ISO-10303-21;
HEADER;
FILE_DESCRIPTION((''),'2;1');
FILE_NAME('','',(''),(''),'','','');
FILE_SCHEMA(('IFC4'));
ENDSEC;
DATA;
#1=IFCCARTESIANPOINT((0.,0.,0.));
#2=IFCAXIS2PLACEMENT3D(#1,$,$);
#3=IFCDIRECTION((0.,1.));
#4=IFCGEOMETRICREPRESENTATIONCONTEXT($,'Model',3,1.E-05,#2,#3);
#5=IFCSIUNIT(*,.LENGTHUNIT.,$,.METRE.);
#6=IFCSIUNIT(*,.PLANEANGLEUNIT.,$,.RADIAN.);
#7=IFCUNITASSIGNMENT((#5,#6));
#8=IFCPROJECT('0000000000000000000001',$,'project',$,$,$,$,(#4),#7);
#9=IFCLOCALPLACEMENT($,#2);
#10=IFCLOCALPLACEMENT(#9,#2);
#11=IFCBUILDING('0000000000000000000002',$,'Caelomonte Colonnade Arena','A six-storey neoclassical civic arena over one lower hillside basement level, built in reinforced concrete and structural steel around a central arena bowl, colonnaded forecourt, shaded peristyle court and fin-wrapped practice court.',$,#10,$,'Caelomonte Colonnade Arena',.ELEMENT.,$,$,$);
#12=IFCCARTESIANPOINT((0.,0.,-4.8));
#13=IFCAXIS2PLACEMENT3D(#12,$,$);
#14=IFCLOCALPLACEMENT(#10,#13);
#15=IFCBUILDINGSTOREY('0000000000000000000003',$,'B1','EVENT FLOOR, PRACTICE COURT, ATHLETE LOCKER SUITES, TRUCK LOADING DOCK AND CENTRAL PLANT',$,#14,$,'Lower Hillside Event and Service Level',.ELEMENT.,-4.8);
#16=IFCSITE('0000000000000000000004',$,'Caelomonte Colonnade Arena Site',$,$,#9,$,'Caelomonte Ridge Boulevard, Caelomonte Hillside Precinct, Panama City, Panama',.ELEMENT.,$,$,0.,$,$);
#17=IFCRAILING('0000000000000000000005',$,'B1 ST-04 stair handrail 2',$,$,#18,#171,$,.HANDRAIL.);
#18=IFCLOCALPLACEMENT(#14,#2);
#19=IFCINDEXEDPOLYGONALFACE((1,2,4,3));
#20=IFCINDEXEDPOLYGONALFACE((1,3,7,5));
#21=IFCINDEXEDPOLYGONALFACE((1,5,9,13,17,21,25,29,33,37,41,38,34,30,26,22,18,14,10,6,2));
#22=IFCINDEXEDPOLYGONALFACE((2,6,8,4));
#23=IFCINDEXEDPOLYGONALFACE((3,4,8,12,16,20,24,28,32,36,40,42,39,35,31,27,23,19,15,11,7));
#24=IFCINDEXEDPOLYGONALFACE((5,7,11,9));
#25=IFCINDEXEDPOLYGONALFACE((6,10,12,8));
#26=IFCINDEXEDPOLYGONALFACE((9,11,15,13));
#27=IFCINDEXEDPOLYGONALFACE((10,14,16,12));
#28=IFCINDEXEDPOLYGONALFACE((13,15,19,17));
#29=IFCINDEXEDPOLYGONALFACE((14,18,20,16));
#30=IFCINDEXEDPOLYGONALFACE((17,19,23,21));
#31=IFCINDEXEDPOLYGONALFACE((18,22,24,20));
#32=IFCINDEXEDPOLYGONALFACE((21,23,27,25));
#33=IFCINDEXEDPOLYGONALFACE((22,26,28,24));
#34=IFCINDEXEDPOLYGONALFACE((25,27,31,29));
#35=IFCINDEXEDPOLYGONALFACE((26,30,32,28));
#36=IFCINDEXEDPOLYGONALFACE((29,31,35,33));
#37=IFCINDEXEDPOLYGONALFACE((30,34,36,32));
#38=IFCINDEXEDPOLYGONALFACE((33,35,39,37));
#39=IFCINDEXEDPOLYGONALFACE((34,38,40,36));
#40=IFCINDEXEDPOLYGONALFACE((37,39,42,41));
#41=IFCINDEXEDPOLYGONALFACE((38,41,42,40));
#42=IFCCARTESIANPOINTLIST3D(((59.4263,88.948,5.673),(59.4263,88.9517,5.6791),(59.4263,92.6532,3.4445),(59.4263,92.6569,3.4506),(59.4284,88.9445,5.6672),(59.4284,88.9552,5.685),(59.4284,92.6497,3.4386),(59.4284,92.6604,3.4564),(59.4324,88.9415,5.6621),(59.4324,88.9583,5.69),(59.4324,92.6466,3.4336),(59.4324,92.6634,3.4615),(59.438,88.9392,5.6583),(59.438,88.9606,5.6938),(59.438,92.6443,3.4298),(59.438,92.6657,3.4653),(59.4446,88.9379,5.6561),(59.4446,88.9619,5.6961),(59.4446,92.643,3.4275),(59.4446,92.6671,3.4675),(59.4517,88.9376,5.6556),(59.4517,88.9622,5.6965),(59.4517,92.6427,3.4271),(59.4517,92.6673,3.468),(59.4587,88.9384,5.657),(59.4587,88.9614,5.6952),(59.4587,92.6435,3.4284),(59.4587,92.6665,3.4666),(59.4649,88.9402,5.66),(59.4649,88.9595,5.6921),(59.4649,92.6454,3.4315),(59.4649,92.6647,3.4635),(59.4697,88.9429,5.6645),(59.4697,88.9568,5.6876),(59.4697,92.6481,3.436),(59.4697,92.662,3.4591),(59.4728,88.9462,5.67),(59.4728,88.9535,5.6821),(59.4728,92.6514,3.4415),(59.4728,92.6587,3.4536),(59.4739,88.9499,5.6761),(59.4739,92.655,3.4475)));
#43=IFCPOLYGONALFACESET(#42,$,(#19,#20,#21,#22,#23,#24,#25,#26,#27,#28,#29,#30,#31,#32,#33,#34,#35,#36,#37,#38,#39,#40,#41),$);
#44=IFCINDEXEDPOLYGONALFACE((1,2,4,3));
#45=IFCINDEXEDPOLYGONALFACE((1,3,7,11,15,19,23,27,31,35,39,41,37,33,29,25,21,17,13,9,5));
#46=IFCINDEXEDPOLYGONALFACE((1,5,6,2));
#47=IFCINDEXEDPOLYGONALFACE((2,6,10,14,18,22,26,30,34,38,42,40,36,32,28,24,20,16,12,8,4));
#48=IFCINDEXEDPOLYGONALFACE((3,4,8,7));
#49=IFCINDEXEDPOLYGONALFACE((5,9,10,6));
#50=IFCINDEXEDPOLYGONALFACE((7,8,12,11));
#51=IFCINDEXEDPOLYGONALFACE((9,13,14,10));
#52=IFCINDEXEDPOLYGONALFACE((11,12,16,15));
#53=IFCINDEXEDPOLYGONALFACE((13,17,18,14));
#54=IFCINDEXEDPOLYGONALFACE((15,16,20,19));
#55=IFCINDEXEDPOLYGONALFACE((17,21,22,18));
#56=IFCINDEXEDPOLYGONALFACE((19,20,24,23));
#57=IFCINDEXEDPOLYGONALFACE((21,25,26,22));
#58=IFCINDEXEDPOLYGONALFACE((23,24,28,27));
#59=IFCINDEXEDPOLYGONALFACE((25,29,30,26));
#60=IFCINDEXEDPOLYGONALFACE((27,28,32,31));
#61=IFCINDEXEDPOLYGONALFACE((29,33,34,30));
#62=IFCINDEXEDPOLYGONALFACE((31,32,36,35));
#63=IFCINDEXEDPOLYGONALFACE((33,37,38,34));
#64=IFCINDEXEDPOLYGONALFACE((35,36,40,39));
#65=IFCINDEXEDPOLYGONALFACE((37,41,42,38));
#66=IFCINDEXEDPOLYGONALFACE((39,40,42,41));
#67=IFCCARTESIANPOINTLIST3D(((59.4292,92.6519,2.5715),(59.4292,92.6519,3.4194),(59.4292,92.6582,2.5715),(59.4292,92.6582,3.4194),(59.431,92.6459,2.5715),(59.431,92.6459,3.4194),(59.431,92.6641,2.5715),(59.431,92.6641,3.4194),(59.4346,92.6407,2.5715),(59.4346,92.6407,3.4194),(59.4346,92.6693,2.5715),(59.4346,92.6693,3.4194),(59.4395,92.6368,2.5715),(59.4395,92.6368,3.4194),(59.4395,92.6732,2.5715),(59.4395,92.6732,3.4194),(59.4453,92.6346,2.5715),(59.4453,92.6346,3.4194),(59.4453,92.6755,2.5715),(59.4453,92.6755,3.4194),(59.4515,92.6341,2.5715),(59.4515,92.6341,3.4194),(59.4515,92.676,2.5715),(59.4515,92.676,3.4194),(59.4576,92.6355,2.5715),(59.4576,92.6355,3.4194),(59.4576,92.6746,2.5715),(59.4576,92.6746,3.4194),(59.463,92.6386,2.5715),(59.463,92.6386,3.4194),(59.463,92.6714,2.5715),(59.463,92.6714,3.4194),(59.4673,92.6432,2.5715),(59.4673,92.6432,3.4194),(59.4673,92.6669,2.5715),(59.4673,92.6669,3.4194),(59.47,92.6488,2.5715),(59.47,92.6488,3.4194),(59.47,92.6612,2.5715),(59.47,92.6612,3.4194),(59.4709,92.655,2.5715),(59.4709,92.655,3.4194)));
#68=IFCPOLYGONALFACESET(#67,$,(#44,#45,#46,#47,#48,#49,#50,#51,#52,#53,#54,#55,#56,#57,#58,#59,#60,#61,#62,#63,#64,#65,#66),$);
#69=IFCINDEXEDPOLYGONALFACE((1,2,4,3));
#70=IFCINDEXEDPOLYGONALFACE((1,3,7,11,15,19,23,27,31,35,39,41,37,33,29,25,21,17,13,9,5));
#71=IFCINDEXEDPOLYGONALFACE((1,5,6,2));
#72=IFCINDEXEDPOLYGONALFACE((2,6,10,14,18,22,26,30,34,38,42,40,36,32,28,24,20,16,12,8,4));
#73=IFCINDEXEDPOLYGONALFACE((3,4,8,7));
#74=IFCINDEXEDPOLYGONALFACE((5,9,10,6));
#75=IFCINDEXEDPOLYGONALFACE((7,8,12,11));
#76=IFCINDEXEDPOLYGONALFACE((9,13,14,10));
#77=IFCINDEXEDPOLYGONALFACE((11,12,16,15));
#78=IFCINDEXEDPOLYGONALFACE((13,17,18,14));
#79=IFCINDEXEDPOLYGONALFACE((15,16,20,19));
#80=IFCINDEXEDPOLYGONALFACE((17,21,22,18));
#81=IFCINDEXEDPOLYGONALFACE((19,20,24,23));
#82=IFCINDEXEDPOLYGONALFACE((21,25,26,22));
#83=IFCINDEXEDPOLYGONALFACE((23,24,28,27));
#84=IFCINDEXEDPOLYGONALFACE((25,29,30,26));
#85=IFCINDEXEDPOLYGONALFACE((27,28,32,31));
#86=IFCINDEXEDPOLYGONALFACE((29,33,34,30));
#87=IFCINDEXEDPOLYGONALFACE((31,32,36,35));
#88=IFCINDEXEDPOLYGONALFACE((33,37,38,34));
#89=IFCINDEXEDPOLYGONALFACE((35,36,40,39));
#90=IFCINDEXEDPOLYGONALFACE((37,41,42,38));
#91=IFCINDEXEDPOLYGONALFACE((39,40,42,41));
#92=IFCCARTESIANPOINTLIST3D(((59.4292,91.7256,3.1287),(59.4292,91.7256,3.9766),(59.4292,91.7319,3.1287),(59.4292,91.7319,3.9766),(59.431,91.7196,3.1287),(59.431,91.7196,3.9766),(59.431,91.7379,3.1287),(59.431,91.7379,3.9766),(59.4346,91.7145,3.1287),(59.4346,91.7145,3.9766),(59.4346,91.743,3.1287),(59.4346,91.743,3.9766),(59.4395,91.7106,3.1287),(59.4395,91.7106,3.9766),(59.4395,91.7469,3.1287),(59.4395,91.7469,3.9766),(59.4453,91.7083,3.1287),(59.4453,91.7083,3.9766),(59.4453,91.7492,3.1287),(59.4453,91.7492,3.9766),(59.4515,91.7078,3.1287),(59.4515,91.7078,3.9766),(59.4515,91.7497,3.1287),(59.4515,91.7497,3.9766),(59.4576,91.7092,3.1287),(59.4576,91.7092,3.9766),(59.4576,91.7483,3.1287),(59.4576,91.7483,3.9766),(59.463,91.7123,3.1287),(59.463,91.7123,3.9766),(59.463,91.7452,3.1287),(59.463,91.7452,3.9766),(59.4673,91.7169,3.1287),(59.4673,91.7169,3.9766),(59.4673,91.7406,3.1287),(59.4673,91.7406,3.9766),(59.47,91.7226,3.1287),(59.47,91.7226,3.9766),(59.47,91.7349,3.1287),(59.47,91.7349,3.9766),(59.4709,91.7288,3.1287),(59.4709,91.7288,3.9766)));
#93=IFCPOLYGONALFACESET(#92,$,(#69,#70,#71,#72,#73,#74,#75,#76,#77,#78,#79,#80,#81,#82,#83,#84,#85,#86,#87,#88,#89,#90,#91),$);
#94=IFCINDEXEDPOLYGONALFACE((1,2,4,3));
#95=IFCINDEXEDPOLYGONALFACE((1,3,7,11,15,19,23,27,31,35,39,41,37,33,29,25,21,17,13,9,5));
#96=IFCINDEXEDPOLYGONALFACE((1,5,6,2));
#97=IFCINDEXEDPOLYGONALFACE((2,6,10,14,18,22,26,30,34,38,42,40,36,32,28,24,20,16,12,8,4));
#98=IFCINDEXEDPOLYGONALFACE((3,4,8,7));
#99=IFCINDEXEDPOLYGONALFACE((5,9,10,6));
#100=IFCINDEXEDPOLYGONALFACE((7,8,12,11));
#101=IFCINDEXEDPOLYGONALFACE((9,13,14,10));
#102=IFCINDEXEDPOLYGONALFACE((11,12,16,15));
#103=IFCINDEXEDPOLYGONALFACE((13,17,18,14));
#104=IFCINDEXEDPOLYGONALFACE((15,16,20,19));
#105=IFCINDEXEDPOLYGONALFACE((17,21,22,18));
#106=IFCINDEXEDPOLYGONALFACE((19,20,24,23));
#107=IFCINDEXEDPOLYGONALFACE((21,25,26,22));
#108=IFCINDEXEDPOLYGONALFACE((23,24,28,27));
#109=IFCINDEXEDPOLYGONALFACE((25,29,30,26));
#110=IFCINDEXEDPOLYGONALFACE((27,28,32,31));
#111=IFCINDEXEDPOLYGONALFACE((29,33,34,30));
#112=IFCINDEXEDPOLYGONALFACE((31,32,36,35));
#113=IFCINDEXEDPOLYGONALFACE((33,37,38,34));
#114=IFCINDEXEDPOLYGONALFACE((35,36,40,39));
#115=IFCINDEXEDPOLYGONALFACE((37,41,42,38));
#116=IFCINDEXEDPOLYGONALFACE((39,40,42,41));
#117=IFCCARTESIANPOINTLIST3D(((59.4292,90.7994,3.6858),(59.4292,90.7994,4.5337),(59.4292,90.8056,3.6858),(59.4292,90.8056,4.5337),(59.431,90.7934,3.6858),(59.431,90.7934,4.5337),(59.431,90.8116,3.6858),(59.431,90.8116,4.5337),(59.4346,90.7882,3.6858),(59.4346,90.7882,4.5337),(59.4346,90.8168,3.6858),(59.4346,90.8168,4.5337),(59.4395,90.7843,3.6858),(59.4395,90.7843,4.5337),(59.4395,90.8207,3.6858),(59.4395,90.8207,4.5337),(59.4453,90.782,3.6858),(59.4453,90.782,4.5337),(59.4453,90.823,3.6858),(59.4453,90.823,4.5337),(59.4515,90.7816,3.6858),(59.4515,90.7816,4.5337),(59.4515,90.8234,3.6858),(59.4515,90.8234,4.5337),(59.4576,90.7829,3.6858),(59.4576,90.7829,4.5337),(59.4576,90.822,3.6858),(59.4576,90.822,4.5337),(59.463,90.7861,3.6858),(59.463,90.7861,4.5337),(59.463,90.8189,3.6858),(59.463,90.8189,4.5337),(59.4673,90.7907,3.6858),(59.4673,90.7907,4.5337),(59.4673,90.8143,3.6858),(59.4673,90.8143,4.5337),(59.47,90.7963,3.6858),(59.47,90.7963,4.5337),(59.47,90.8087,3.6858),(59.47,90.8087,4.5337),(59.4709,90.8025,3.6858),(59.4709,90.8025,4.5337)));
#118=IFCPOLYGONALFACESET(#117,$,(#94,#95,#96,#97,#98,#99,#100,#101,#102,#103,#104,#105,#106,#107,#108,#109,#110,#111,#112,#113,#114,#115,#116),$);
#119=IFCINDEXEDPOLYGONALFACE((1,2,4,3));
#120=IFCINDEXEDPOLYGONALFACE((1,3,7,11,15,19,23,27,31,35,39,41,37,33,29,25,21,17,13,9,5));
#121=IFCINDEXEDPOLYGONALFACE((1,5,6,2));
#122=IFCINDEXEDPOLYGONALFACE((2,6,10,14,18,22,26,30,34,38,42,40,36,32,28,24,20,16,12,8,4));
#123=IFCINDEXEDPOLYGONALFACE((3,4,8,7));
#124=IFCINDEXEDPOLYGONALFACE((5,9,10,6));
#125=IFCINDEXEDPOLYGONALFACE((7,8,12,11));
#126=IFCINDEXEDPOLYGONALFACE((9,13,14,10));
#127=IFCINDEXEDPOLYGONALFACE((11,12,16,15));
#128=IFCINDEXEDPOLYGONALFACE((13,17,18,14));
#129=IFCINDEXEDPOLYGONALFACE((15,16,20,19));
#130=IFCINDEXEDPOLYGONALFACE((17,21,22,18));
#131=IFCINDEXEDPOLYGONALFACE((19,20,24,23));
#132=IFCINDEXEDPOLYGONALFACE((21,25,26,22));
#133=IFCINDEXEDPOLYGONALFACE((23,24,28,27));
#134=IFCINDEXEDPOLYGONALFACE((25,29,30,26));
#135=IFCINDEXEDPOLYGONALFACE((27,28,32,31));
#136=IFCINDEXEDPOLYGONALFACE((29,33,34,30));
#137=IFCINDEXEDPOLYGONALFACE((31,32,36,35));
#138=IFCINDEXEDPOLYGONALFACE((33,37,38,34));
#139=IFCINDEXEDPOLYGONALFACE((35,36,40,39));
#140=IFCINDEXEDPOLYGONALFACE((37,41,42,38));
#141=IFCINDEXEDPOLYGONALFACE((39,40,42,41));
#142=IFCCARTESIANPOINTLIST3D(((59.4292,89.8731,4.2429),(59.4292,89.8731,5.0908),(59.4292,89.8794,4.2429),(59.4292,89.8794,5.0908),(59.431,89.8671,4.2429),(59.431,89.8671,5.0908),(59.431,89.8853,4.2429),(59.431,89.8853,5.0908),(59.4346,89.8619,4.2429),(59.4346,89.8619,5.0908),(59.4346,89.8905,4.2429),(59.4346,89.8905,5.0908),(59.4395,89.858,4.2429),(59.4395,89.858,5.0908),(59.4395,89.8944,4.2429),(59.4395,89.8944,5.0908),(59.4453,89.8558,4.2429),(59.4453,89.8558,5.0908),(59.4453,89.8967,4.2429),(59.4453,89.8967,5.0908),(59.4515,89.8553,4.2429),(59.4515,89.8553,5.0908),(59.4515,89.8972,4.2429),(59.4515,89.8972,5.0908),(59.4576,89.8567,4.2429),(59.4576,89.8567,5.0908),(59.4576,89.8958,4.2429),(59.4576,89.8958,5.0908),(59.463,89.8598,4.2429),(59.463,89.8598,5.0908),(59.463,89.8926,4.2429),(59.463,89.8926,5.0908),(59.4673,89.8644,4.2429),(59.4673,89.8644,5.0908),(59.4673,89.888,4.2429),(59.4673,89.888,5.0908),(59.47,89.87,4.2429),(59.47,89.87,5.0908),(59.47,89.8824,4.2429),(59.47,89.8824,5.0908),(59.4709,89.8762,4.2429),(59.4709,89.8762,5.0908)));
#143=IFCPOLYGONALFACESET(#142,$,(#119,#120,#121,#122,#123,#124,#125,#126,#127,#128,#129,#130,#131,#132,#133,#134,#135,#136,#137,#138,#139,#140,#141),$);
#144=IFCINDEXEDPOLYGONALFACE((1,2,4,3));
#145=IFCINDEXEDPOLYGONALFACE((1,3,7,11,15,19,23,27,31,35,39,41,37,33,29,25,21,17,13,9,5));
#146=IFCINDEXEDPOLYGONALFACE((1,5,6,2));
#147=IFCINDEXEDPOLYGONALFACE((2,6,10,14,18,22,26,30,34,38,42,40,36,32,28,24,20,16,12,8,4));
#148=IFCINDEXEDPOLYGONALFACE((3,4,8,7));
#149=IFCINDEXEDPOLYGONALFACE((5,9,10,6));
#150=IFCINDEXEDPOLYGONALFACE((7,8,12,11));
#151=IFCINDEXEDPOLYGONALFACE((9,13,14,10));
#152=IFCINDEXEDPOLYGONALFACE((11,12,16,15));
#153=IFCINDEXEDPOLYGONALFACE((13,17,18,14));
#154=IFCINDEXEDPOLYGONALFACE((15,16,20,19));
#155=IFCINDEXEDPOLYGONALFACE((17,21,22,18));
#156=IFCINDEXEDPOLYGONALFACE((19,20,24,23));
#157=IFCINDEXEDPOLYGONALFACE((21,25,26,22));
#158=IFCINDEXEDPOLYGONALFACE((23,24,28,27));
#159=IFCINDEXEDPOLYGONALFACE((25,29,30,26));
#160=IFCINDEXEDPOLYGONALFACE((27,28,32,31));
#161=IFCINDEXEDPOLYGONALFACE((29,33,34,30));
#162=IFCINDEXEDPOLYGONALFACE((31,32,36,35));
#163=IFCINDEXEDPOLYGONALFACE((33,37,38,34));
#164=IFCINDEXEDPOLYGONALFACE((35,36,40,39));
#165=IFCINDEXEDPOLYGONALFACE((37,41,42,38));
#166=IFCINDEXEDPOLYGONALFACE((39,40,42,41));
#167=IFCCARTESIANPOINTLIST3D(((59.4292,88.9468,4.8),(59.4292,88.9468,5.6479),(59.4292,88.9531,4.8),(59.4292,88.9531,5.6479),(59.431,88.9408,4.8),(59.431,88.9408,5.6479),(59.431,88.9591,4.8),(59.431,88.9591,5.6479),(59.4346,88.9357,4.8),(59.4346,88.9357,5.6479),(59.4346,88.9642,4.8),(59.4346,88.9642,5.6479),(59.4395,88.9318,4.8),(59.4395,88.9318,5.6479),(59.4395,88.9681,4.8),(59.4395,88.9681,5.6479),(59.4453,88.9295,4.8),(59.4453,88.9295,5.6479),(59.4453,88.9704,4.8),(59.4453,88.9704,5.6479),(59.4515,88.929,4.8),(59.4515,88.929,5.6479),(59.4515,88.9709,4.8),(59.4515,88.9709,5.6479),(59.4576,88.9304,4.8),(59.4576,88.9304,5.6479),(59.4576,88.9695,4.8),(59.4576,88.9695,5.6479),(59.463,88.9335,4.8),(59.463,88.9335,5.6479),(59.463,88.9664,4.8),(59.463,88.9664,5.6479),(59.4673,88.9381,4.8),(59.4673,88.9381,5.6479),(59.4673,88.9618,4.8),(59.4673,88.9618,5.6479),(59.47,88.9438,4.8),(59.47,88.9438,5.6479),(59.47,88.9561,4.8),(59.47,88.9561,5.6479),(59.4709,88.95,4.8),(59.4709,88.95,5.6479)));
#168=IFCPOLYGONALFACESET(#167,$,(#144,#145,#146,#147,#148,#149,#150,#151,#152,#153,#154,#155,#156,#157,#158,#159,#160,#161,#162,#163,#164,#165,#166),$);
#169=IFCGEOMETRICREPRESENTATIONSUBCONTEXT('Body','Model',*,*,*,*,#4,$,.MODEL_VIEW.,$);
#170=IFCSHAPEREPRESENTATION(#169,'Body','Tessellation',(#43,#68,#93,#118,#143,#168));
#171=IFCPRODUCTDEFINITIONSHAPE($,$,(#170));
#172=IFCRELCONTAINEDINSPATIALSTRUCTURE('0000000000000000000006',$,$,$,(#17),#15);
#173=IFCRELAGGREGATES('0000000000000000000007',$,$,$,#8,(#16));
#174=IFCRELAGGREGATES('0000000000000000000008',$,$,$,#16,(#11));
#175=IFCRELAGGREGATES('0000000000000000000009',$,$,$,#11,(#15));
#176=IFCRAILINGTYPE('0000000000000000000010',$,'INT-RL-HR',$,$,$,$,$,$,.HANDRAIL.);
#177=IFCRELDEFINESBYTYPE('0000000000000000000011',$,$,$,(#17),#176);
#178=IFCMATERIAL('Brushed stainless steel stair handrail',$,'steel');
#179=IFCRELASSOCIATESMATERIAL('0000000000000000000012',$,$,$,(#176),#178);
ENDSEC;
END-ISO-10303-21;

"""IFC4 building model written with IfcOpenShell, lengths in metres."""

from ifc_helpers import new_model, si_unit, direction, frame, origin, origin_2d, place, context, subcontext, project, spatial, circle, extrude, material, type_object, element, save


model = new_model("IFC4")

# Units and contexts
model_context = context("Model", 3, precision=1e-05, world=origin(), true_north=direction((0.0, 1.0)))
body_context = subcontext(model_context, "Body", "Model", "MODEL_VIEW")
ifc_project = project(units=[si_unit("LENGTHUNIT", "METRE"), si_unit("PLANEANGLEUNIT", "RADIAN")], contexts=[model_context])

# Site, building, storey
site_placement = place(None, origin())
site = spatial("IfcSite", under=ifc_project, at=site_placement, Name="Caelomonte Colonnade Arena Site", LongName="Caelomonte Ridge Boulevard, Caelomonte Hillside Precinct, Panama City, Panama", CompositionType="ELEMENT", RefElevation=0.0)
building_placement = place(site_placement, origin())
building = spatial("IfcBuilding", under=site, at=building_placement, Name="Caelomonte Colonnade Arena", Description="A six-storey neoclassical civic arena over one lower hillside basement level, built in reinforced concrete and structural steel around a central arena bowl, colonnaded forecourt, shaded peristyle court and fin-wrapped practice court.", LongName="Caelomonte Colonnade Arena", CompositionType="ELEMENT")
storey_placement = place(building_placement, frame((0.0, 0.0, -4.8)))
storey = spatial("IfcBuildingStorey", under=building, at=storey_placement, Name="B1", Description="EVENT FLOOR, PRACTICE COURT, ATHLETE LOCKER SUITES, TRUCK LOADING DOCK AND CENTRAL PLANT", LongName="Lower Hillside Event and Service Level", CompositionType="ELEMENT", Elevation=-4.8)

# Railing
ifc_material_1 = material(Name="Brushed stainless steel stair handrail", Category="steel")
railing_type_1 = type_object("IfcRailingType", Name="INT-RL-HR", PredefinedType="HANDRAIL", material=ifc_material_1)
railing_1_placement = place(storey_placement, frame((59.45, 92.655, 2.5715)))
element("IfcRailing", 1, at=railing_1_placement, inside=storey, type_object=railing_type_1, Name="B1 ST-04 stair handrail 2", PredefinedType="HANDRAIL", context=body_context, shape_type="SweptSolid", body=[
    extrude(circle(Radius=0.0239, at=origin_2d()), frame((0.0, 0.0, 0.876), z_axis=(0.0, -0.856934, 0.515425), x_axis=(1.0, 0.0, 0.0)), (0.0, 0.0, 1.0), 4.3237),
    extrude(circle(Radius=0.021, at=origin_2d()), origin(), (0.0, 0.0, 1.0), 0.8479),
    extrude(circle(Radius=0.021, at=origin_2d()), frame((0.0, -0.9263, 0.5571)), (0.0, 0.0, 1.0), 0.8479),
    extrude(circle(Radius=0.021, at=origin_2d()), frame((0.0, -1.8525, 1.1143)), (0.0, 0.0, 1.0), 0.8479),
    extrude(circle(Radius=0.021, at=origin_2d()), frame((0.0, -2.7788, 1.6714)), (0.0, 0.0, 1.0), 0.8479),
    extrude(circle(Radius=0.021, at=origin_2d()), frame((0.0, -3.7051, 2.2285)), (0.0, 0.0, 1.0), 0.8479),
])

save(model, "model.ifc")
